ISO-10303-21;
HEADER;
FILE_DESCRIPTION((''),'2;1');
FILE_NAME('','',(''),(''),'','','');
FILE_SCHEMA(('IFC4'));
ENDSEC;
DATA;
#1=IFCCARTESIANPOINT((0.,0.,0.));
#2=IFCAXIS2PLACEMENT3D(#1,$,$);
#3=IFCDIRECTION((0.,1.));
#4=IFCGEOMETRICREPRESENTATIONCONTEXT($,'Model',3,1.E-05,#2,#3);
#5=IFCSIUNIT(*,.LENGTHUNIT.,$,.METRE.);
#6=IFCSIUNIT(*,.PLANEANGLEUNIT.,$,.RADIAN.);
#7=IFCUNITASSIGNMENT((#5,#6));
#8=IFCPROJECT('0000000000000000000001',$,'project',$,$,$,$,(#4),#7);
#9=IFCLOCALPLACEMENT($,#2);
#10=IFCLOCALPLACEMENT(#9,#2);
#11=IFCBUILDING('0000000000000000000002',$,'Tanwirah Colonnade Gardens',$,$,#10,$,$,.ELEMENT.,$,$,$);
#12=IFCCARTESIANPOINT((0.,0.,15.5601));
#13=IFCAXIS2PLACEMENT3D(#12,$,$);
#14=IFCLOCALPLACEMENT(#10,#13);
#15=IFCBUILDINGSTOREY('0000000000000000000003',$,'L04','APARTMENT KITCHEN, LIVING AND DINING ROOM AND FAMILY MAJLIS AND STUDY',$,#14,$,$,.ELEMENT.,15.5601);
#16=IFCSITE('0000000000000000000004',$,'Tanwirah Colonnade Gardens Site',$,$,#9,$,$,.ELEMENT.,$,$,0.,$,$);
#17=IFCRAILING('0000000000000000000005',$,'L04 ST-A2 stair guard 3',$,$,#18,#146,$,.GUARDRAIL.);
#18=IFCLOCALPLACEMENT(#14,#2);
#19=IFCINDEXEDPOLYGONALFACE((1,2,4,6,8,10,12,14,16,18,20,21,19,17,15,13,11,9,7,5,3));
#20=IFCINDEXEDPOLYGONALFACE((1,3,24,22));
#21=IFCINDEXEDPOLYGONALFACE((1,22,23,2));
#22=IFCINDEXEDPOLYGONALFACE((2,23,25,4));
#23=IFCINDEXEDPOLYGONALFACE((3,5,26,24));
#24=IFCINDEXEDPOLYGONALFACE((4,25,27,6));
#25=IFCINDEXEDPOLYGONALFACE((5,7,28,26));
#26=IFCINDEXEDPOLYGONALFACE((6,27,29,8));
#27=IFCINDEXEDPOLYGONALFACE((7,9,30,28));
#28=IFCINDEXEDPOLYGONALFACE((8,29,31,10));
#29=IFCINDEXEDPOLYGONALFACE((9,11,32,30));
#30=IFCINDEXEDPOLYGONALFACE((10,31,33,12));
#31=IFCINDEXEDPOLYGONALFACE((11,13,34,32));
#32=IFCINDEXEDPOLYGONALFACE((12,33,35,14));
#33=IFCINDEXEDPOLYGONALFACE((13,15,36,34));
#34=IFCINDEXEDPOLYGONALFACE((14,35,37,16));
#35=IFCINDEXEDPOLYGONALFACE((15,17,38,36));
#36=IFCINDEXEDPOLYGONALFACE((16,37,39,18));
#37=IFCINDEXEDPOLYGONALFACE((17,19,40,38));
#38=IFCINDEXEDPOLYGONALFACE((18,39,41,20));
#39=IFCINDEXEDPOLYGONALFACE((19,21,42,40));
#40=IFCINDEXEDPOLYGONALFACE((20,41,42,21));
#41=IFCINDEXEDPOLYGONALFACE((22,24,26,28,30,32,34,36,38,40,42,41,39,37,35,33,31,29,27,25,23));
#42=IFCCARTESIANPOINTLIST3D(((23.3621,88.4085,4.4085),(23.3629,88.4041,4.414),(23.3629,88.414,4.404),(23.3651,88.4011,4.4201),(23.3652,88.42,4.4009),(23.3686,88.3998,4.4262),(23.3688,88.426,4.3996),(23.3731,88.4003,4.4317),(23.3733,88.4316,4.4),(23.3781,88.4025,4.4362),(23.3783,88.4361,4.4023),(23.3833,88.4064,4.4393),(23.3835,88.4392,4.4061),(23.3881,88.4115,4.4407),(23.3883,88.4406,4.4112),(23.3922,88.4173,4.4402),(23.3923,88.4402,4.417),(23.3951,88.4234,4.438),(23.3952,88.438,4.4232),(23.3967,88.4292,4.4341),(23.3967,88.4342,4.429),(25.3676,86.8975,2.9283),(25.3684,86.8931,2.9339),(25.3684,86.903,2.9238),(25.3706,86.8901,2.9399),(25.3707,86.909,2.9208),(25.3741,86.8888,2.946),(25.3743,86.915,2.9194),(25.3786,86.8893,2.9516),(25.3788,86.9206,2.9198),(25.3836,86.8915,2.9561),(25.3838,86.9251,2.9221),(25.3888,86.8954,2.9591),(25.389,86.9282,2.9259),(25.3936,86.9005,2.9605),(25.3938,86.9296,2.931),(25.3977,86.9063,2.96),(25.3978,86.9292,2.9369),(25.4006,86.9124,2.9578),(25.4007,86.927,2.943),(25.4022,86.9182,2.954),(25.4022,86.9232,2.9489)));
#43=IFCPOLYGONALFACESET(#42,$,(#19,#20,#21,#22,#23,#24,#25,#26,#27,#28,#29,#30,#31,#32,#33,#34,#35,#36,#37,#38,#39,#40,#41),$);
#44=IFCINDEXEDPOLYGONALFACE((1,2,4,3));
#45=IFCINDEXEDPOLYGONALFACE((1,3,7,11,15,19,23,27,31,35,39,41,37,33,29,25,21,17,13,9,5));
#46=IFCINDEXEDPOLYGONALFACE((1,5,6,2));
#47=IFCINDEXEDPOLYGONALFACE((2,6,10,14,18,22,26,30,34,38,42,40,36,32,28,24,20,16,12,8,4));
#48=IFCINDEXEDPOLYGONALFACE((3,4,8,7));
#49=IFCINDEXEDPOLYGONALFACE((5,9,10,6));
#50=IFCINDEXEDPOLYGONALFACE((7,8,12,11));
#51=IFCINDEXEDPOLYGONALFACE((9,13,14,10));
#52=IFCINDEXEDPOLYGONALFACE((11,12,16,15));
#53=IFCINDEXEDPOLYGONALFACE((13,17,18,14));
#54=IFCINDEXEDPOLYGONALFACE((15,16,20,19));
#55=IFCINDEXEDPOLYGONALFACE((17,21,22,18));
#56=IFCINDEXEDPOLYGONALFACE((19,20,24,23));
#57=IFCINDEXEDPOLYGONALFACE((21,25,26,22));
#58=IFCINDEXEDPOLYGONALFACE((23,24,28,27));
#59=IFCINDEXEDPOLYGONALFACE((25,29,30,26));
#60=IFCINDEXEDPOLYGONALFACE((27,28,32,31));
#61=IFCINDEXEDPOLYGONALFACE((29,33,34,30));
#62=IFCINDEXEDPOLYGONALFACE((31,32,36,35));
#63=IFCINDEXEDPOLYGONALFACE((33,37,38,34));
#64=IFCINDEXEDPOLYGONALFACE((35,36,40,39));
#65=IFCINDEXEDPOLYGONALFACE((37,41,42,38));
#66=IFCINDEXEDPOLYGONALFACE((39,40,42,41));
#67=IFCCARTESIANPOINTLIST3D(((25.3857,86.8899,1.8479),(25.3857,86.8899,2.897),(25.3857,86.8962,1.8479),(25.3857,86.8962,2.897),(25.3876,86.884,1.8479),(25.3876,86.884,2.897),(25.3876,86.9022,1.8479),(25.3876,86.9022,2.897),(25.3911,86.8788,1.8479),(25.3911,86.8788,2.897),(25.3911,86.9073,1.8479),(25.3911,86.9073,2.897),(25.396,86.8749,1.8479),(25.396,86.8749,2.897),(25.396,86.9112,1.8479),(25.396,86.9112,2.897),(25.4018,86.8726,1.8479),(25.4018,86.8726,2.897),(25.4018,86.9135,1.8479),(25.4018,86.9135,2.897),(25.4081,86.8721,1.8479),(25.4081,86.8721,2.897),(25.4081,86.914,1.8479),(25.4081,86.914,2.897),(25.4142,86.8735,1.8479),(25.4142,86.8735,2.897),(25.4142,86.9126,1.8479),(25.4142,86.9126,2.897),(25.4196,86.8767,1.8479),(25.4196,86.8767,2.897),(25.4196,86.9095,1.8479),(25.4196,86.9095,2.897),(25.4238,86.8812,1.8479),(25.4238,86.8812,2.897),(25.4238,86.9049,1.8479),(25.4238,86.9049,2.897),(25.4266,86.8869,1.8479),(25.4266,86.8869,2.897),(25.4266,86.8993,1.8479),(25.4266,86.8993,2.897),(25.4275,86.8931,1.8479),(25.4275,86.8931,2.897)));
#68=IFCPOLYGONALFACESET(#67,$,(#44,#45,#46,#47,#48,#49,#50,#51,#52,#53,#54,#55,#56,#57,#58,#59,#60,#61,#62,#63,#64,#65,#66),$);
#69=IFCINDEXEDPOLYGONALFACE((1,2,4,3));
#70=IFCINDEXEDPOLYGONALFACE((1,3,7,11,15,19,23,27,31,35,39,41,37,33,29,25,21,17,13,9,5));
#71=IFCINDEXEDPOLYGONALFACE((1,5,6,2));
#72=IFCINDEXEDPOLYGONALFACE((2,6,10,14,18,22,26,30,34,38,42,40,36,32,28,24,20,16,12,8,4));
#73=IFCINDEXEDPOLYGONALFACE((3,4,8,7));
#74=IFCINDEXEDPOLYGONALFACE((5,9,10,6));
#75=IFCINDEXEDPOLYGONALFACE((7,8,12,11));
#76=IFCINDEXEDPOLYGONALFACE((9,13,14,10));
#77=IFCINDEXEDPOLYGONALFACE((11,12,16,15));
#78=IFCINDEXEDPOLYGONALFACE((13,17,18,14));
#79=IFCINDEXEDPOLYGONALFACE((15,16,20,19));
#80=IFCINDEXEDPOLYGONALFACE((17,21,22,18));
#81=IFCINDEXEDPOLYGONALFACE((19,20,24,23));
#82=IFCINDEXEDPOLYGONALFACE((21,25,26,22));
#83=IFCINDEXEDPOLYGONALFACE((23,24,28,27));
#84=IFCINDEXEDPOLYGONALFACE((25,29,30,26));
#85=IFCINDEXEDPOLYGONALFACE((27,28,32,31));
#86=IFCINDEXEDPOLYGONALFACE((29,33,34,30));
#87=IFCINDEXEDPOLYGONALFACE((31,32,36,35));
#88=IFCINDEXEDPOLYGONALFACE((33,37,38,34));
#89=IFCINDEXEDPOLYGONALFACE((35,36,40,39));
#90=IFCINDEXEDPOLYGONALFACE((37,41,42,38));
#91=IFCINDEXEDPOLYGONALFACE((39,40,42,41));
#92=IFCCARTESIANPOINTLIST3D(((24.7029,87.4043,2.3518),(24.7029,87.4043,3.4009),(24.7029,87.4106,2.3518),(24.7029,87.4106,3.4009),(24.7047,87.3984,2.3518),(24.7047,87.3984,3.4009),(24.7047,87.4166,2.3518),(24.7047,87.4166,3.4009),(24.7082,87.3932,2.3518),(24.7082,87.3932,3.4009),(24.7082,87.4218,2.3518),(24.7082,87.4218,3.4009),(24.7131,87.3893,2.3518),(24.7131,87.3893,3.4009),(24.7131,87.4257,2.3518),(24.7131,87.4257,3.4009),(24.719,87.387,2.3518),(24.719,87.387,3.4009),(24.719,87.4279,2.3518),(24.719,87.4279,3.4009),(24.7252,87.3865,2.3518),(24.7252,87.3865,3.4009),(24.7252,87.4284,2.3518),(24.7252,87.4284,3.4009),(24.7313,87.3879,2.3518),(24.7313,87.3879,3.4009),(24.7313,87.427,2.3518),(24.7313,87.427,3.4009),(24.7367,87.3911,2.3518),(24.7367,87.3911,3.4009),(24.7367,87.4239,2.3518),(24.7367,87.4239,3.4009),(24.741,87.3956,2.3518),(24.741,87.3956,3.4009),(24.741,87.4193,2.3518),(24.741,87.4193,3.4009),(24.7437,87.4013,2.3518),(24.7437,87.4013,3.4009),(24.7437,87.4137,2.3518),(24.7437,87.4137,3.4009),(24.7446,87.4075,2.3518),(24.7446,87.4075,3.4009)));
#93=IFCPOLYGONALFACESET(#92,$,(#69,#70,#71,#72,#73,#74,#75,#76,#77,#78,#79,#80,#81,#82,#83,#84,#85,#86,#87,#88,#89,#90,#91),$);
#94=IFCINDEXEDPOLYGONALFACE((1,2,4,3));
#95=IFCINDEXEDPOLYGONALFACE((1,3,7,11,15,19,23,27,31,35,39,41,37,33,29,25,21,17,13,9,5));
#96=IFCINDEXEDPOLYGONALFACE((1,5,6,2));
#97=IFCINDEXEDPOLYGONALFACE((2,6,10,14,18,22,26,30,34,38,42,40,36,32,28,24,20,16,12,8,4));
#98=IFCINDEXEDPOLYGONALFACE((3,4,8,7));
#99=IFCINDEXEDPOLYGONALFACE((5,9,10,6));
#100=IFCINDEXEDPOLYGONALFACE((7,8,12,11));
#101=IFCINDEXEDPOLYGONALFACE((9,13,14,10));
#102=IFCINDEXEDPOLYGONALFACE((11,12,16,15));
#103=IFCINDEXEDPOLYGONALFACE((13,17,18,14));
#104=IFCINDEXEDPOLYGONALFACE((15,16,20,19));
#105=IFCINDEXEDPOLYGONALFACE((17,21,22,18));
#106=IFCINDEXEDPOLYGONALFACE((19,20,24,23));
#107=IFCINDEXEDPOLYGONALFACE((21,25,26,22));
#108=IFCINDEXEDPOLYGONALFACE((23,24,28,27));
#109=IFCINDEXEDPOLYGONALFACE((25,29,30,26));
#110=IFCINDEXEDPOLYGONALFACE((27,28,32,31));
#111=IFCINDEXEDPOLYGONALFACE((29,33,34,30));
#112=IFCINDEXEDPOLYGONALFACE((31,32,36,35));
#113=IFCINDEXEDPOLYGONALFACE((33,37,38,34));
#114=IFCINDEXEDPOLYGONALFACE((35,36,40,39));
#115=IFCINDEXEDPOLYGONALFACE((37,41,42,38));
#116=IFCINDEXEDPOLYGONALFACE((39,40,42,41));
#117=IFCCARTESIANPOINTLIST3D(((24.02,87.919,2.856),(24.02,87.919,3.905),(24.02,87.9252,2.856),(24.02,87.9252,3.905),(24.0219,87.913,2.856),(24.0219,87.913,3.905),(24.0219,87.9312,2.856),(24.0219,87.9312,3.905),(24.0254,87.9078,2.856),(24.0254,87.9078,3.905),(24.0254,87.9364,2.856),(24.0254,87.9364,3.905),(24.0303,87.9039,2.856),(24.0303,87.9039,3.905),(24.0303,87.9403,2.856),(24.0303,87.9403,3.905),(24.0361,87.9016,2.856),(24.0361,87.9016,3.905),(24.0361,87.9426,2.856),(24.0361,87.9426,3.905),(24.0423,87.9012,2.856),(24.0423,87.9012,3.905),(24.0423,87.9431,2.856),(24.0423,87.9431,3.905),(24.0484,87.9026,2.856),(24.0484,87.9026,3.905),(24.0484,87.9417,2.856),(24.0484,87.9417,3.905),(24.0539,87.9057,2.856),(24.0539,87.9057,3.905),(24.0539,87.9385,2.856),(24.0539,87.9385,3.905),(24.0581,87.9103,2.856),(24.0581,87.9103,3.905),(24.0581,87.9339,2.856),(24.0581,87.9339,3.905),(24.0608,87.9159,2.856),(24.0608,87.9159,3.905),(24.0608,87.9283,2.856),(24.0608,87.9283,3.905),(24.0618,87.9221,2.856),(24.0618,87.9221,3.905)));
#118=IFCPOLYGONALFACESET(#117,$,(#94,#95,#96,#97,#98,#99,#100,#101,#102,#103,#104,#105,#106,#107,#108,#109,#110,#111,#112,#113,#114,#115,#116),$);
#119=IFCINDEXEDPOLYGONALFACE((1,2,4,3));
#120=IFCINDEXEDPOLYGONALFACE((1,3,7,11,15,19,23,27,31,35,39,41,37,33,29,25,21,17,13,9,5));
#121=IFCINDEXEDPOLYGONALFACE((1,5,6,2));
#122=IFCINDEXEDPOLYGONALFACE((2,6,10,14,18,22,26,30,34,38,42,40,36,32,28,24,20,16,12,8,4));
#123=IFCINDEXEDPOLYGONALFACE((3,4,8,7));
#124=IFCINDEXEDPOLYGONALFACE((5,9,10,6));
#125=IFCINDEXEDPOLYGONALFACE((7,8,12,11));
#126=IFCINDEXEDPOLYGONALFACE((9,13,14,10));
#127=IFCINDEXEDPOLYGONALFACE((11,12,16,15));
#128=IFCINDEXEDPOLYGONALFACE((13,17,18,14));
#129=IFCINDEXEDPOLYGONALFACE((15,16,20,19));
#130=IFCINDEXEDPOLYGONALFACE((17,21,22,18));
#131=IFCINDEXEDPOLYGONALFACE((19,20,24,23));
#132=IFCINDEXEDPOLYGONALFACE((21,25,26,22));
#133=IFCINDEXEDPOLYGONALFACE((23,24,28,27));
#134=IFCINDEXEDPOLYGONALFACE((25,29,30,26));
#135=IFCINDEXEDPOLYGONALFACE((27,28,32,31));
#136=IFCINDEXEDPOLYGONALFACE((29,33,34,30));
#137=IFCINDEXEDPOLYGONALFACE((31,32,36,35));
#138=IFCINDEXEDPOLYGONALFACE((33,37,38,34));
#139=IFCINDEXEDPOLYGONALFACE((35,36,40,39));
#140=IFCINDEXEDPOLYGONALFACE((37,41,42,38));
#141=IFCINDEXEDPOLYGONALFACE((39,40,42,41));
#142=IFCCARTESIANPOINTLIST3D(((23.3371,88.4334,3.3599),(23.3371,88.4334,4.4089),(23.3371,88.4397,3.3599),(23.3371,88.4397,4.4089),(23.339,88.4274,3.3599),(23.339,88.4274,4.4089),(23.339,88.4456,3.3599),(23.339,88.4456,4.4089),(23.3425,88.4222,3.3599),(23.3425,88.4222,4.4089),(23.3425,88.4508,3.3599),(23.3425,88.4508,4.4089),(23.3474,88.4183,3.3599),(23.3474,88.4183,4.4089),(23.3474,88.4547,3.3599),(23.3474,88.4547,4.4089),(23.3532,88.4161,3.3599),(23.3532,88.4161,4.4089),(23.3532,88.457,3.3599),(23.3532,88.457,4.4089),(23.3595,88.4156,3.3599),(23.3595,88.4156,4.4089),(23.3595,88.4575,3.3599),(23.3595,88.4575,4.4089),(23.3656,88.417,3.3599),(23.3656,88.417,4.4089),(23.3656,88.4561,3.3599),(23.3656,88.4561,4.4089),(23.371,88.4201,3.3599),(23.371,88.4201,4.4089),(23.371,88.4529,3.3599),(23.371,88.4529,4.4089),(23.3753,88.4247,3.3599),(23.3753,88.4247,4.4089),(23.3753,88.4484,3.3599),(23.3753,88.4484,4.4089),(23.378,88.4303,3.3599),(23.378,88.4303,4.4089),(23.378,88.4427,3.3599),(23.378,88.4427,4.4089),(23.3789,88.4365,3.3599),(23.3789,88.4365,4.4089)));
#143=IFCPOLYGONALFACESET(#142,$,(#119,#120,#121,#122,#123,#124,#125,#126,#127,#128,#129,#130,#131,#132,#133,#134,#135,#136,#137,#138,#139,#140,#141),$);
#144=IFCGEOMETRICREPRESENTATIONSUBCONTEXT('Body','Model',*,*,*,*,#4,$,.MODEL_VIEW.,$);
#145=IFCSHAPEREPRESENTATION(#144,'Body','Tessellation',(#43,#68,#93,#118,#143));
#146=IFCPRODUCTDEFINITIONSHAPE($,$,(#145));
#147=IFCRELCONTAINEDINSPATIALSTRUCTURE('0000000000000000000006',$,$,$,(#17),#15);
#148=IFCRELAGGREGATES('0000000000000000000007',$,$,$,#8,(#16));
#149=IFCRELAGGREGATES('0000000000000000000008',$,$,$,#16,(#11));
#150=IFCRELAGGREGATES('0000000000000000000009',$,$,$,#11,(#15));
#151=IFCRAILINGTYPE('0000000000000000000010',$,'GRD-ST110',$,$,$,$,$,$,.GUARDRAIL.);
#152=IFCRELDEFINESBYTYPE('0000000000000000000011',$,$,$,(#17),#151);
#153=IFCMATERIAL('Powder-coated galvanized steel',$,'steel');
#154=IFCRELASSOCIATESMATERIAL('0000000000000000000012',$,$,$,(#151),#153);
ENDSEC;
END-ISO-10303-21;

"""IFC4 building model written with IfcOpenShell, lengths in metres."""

from ifc_helpers import new_model, si_unit, direction, frame, origin, origin_2d, place, context, subcontext, project, spatial, circle, extrude, material, type_object, element, save


model = new_model("IFC4")

# Units and contexts
model_context = context("Model", 3, precision=1e-05, world=origin(), true_north=direction((0.0, 1.0)))
body_context = subcontext(model_context, "Body", "Model", "MODEL_VIEW")
ifc_project = project(units=[si_unit("LENGTHUNIT", "METRE"), si_unit("PLANEANGLEUNIT", "RADIAN")], contexts=[model_context])

# Site, building, storey
site_placement = place(None, origin())
site = spatial("IfcSite", under=ifc_project, at=site_placement, Name="Tanwirah Colonnade Gardens Site", CompositionType="ELEMENT", RefElevation=0.0)
building_placement = place(site_placement, origin())
building = spatial("IfcBuilding", under=site, at=building_placement, Name="Tanwirah Colonnade Gardens", CompositionType="ELEMENT")
storey_placement = place(building_placement, frame((0.0, 0.0, 15.5601)))
storey = spatial("IfcBuildingStorey", under=building, at=storey_placement, Name="L04", Description="APARTMENT KITCHEN, LIVING AND DINING ROOM AND FAMILY MAJLIS AND STUDY", CompositionType="ELEMENT", Elevation=15.5601)

# Railing
ifc_material_1 = material(Name="Powder-coated galvanized steel", Category="steel")
railing_type_1 = type_object("IfcRailingType", Name="GRD-ST110", PredefinedType="GUARDRAIL", material=ifc_material_1)
railing_1_placement = place(storey_placement, frame((25.4065, 86.8931, 1.8479)))
element("IfcRailing", 1, at=railing_1_placement, inside=storey, type_object=railing_type_1, Name="L04 ST-A2 stair guard 3", PredefinedType="GUARDRAIL", context=body_context, shape_type="SweptSolid", body=[
    extrude(circle(Radius=0.0239, at=origin_2d()), frame((-0.0215, 0.0161, 1.092), z_axis=(-0.688042, 0.518389, 0.507811), x_axis=(-0.60175, -0.798685, 0.0)), (0.0, 0.0, 1.0), 2.9148),
    extrude(circle(Radius=0.021, at=origin_2d()), origin(), (0.0, 0.0, 1.0), 1.0491),
    extrude(circle(Radius=0.021, at=origin_2d()), frame((-0.6829, 0.5144, 0.5039)), (0.0, 0.0, 1.0), 1.0491),
    extrude(circle(Radius=0.021, at=origin_2d()), frame((-1.3657, 1.0291, 1.0081)), (0.0, 0.0, 1.0), 1.0491),
    extrude(circle(Radius=0.021, at=origin_2d()), frame((-2.0486, 1.5435, 1.512)), (0.0, 0.0, 1.0), 1.0491),
])

save(model, "model.ifc")
